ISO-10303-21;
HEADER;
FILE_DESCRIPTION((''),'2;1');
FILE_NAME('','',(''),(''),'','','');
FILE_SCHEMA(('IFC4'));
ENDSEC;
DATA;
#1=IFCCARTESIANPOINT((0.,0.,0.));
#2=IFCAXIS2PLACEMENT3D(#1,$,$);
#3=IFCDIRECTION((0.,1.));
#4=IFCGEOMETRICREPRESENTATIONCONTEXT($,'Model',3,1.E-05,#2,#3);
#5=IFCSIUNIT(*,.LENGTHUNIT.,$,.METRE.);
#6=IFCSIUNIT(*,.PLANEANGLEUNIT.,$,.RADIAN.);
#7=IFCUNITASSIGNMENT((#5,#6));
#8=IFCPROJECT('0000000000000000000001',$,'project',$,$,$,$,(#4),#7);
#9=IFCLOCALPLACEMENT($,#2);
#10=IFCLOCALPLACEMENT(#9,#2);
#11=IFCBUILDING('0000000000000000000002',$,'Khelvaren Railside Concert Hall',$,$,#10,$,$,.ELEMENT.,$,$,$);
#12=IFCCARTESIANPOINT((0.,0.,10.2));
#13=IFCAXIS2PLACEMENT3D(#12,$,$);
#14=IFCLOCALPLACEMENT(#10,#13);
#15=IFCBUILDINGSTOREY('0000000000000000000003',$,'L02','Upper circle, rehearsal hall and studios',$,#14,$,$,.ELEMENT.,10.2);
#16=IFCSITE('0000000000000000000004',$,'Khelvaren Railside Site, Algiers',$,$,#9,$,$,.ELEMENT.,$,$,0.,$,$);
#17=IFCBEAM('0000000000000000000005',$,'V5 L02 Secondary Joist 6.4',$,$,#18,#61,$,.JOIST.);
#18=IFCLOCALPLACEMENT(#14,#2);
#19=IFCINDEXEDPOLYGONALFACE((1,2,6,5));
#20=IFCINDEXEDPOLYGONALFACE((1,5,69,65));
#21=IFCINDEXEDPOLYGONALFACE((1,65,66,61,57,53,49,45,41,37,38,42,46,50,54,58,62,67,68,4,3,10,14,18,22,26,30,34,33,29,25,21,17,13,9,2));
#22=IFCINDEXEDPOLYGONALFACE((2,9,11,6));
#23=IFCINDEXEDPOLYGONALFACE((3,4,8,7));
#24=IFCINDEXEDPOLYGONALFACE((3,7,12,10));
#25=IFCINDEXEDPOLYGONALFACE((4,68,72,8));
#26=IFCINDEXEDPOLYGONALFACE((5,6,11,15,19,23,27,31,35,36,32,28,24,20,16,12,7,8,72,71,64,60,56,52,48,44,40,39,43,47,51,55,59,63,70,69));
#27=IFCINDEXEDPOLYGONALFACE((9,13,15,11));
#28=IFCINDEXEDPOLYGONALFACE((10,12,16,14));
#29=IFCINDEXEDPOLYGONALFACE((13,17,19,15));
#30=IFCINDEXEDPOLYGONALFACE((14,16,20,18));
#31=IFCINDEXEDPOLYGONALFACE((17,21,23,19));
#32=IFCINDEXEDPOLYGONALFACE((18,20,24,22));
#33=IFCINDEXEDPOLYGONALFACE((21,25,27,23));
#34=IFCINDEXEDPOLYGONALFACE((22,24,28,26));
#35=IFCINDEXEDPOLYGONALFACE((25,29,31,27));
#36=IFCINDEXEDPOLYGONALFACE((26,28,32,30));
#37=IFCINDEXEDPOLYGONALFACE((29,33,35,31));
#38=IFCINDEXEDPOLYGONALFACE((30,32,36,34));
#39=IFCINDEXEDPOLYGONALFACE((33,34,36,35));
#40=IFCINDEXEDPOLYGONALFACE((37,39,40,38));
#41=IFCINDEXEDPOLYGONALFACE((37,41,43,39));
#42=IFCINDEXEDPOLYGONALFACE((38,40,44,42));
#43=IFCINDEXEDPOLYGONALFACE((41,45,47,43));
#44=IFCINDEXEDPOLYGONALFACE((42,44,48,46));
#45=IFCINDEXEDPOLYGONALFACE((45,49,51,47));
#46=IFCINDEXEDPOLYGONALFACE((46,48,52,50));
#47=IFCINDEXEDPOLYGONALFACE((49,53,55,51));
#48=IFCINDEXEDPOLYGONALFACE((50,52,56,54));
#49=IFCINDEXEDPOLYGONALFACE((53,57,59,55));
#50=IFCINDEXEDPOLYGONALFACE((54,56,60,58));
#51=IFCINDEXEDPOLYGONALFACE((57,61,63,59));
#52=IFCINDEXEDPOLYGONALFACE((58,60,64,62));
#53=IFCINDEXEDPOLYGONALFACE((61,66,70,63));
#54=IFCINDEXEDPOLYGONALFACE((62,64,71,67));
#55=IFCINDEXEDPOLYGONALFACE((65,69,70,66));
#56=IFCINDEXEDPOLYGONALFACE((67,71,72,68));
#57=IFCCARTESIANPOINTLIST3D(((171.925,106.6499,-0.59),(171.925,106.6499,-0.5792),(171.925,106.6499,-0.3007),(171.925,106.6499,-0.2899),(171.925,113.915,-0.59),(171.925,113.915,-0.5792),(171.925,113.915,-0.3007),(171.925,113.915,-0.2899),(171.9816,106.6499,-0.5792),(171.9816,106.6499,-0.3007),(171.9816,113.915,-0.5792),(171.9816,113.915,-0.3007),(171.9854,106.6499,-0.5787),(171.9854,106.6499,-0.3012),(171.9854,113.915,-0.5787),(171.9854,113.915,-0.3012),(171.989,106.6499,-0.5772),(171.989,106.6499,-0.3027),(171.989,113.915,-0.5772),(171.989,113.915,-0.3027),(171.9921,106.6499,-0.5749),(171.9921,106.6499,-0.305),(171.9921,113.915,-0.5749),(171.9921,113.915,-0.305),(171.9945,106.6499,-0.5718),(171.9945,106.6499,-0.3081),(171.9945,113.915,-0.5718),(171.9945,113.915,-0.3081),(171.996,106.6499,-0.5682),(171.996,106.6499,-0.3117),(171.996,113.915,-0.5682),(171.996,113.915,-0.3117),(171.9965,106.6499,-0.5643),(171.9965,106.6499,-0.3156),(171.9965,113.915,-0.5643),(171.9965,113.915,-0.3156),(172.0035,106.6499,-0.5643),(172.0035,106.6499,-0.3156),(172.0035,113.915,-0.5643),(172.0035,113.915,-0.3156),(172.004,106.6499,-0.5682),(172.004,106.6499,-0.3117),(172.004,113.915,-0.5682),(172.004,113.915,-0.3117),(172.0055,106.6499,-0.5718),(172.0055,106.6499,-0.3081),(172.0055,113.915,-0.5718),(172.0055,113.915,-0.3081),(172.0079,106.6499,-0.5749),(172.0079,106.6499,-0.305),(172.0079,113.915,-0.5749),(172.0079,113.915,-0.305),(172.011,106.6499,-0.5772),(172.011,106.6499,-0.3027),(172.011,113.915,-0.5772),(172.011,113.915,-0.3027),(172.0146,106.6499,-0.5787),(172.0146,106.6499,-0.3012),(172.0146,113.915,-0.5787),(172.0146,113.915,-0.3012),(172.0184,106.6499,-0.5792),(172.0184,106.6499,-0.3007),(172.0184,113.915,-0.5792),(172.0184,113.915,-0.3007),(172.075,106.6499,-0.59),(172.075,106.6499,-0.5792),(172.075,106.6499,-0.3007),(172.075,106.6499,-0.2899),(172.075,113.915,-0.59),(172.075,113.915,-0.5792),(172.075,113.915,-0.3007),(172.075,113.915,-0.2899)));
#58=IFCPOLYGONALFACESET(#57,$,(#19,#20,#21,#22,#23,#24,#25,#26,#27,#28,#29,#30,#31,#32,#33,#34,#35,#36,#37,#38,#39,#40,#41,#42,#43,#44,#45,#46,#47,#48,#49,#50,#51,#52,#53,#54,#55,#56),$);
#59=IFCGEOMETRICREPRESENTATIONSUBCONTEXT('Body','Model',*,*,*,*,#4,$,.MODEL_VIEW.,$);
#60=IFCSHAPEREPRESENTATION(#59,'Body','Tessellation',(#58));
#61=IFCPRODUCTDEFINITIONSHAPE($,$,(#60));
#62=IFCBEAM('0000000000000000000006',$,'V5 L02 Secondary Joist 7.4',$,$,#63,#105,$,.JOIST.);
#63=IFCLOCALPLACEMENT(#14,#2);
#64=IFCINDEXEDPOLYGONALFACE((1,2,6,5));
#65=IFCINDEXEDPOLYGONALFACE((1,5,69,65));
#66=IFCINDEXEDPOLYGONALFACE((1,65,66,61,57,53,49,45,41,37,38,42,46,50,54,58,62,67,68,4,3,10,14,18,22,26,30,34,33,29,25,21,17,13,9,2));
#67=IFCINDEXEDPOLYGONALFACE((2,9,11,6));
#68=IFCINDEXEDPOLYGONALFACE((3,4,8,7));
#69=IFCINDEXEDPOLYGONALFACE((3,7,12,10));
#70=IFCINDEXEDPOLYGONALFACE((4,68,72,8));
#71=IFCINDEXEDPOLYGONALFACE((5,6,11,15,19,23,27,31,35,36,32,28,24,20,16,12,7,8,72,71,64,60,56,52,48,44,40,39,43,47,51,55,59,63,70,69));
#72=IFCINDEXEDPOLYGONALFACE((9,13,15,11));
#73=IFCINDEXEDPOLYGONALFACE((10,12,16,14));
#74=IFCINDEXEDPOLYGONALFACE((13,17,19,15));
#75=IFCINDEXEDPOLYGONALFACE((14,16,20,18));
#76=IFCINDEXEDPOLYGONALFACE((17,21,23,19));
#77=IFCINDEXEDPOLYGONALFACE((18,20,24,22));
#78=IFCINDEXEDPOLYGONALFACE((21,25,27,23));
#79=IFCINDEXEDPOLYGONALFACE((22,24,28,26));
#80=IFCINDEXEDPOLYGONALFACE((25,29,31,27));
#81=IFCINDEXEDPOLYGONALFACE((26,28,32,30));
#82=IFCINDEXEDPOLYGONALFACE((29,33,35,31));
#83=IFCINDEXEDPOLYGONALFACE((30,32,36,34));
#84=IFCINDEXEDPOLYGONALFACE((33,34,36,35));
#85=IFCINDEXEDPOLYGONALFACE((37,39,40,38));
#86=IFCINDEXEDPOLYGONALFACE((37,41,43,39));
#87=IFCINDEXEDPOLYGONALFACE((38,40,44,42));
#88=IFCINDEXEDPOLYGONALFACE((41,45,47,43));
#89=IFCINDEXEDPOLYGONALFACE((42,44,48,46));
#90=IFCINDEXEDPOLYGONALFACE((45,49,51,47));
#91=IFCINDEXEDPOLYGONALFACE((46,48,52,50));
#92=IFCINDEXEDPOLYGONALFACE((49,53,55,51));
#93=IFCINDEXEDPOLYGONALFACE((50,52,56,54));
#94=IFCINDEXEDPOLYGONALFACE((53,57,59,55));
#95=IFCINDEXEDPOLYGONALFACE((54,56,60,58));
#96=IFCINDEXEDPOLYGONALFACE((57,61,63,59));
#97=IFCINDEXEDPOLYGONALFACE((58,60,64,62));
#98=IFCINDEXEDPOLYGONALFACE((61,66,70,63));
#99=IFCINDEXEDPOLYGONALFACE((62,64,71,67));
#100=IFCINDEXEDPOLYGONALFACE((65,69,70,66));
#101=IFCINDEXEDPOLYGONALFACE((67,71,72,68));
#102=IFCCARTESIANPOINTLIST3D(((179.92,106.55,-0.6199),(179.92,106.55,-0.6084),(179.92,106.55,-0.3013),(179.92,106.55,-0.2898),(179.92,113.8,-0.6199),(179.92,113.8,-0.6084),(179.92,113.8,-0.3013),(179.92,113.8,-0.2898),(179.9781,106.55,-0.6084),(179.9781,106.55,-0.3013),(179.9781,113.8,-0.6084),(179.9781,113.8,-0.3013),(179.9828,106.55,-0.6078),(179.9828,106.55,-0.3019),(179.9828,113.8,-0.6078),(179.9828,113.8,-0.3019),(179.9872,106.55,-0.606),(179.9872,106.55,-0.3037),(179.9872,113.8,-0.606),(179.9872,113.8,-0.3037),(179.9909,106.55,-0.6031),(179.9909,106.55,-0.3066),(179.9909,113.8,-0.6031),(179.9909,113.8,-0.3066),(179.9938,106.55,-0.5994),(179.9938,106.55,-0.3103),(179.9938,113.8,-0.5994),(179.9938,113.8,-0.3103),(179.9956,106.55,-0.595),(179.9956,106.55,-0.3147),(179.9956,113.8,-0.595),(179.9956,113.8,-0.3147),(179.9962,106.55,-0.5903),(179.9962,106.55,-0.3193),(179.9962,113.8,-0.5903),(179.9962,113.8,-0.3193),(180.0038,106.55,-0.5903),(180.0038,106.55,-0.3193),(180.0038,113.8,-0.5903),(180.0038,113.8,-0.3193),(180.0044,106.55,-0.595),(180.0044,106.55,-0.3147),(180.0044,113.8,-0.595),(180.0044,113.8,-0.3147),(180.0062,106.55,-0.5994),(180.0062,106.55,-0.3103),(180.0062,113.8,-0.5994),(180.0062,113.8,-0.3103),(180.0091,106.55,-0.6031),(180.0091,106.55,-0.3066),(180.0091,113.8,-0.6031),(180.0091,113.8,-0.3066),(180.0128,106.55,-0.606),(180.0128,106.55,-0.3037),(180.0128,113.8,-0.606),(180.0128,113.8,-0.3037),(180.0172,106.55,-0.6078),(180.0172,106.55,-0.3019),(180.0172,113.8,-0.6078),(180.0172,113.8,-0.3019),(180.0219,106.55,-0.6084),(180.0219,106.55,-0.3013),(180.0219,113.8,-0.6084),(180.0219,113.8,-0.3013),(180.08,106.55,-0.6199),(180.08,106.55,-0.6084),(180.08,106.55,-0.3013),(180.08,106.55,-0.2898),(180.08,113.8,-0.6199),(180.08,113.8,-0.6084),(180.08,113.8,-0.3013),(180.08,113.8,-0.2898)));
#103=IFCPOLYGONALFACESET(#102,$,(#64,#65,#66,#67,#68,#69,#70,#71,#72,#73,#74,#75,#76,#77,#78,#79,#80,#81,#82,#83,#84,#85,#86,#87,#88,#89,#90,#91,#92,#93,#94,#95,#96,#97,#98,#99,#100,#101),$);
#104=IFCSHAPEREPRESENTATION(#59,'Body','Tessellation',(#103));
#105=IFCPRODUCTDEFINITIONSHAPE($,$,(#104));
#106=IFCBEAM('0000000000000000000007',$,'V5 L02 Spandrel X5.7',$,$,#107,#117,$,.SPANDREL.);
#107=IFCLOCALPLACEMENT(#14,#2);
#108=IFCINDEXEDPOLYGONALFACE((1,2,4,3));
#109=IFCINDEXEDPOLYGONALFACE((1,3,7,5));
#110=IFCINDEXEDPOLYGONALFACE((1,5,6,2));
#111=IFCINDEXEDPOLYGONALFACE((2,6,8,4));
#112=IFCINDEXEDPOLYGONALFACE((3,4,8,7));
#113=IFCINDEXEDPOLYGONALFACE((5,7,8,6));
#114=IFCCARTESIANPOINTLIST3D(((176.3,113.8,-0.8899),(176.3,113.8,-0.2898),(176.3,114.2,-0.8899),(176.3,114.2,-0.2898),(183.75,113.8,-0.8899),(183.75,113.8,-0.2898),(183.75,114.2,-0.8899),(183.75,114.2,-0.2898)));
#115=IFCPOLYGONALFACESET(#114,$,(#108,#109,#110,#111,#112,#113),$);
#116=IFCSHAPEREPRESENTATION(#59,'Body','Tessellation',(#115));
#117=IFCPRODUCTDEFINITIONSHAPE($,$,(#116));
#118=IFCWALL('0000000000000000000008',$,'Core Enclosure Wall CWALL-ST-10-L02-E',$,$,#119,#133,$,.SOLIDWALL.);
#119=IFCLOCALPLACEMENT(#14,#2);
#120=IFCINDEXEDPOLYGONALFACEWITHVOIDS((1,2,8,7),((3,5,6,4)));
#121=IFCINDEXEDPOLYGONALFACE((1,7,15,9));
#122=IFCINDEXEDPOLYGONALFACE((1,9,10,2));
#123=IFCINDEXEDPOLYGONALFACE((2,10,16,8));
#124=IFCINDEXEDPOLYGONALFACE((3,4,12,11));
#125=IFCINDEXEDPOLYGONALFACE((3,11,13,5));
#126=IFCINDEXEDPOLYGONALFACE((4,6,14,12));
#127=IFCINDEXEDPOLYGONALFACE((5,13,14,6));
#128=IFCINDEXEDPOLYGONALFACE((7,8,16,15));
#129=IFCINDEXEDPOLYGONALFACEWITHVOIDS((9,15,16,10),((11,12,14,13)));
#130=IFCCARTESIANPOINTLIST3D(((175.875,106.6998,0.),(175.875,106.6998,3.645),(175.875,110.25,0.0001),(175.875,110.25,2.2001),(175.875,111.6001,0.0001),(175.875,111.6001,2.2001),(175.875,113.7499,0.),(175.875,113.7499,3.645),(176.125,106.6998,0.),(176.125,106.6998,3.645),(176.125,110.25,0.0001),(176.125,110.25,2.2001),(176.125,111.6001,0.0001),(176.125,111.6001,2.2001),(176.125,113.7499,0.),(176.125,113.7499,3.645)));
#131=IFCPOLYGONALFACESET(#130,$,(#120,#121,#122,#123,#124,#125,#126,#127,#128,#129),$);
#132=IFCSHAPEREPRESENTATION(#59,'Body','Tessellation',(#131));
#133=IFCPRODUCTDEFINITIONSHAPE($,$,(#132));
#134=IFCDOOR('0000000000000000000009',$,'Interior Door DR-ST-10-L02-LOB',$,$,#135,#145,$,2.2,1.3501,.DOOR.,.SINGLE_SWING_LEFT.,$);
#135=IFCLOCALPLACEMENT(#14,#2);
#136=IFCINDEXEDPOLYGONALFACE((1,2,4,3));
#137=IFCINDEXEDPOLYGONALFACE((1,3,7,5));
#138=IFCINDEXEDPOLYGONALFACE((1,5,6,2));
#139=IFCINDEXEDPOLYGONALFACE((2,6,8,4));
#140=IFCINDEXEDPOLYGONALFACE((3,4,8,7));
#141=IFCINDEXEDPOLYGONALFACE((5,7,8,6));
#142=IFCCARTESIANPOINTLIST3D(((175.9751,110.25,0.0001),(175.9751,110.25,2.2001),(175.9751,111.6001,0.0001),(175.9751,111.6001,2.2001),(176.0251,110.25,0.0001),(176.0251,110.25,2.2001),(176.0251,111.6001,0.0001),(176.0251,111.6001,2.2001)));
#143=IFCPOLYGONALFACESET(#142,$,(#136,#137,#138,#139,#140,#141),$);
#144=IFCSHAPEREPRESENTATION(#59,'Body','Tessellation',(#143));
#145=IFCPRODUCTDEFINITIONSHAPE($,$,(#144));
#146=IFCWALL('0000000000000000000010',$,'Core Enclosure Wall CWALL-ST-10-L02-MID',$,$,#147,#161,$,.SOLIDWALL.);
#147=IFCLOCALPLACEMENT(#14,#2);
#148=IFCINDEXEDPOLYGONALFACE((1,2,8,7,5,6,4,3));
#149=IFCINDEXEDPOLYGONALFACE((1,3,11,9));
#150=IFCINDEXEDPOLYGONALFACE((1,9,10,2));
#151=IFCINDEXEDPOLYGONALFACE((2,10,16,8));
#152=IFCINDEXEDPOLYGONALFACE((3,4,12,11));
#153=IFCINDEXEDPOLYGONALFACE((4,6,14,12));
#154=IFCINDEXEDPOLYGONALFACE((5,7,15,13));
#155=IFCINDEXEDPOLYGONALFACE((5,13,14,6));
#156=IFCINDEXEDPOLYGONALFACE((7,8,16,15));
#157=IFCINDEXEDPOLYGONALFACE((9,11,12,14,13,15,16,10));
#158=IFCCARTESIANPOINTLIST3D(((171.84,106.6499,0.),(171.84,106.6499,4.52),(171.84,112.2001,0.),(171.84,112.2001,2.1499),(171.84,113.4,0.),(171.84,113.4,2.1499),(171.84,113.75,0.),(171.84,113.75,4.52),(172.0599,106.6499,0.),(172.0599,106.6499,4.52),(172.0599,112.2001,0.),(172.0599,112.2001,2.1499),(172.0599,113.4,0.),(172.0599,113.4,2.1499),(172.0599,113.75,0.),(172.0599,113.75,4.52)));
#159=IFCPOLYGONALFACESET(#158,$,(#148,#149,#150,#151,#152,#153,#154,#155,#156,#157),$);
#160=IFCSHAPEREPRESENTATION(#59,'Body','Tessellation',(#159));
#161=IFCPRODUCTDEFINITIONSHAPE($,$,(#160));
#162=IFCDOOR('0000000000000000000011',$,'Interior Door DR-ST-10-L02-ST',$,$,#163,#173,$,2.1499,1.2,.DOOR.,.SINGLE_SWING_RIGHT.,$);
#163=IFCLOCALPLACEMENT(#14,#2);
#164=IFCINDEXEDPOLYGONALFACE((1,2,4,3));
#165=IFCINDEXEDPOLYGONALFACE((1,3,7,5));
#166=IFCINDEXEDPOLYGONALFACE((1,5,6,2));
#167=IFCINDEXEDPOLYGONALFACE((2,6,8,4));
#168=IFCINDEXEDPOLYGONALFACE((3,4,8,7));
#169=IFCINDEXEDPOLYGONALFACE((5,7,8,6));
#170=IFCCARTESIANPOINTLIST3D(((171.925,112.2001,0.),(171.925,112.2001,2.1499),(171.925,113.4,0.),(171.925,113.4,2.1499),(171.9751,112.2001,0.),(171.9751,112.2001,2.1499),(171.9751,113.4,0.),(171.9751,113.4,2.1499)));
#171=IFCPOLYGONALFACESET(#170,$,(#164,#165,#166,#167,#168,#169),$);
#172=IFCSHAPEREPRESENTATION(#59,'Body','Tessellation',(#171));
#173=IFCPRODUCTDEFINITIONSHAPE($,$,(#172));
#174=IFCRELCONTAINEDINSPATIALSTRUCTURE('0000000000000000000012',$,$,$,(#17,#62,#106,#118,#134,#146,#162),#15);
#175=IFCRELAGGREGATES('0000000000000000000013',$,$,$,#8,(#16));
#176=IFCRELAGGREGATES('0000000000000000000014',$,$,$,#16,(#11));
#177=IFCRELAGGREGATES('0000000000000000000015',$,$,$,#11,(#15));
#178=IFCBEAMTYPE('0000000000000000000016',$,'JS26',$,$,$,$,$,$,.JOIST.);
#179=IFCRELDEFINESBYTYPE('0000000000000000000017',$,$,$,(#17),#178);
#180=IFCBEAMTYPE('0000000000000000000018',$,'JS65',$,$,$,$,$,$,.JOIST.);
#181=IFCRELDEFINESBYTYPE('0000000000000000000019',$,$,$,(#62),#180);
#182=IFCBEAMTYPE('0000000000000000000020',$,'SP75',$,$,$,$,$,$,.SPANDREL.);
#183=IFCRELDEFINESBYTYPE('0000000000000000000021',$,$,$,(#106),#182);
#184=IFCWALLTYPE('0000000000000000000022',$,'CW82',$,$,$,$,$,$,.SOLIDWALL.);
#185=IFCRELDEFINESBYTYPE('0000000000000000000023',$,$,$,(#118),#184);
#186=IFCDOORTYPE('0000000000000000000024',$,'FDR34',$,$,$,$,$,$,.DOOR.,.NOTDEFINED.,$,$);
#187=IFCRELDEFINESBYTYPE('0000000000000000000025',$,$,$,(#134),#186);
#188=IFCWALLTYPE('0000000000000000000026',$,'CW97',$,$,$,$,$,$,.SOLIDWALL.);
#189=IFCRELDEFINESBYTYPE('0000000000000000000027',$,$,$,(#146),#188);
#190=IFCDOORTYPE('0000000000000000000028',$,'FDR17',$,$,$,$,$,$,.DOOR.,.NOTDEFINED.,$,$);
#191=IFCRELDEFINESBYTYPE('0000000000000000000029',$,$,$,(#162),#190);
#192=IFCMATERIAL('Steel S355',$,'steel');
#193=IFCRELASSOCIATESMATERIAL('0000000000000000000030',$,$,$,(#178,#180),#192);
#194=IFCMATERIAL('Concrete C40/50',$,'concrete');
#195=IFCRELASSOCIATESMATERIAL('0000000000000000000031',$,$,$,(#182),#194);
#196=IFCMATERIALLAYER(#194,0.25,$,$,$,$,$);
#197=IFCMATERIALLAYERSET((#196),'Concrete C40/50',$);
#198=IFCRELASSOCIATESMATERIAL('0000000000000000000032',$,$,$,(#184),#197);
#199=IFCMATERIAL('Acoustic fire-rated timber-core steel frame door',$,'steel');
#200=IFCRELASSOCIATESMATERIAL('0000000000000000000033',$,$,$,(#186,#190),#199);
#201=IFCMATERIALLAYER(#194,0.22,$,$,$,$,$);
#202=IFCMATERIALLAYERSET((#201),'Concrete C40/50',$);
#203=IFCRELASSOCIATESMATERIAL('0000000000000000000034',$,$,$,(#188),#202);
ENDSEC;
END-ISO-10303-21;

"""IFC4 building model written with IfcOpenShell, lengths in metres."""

from ifc_helpers import new_model, si_unit, direction, frame, frame_2d, origin, origin_2d, place, context, subcontext, project, spatial, rectangle, i_section, extrude, material, layer, layer_set, material_profile, profile_set, type_object, element, fill, save


model = new_model("IFC4")

# Units and contexts
model_context = context("Model", 3, precision=1e-05, world=origin(), true_north=direction((0.0, 1.0)))
body_context = subcontext(model_context, "Body", "Model", "MODEL_VIEW")
ifc_project = project(units=[si_unit("LENGTHUNIT", "METRE"), si_unit("PLANEANGLEUNIT", "RADIAN")], contexts=[model_context])

# Site, building, storey
site_placement = place(None, origin())
site = spatial("IfcSite", under=ifc_project, at=site_placement, Name="Khelvaren Railside Site, Algiers", CompositionType="ELEMENT", RefElevation=0.0)
building_placement = place(site_placement, origin())
building = spatial("IfcBuilding", under=site, at=building_placement, Name="Khelvaren Railside Concert Hall", CompositionType="ELEMENT")
storey_placement = place(building_placement, frame((0.0, 0.0, 10.2)))
storey = spatial("IfcBuildingStorey", under=building, at=storey_placement, Name="L02", Description="Upper circle, rehearsal hall and studios", CompositionType="ELEMENT", Elevation=10.2)

# Beams
ifc_material_1 = material(Name="Steel S355", Category="steel")
ifc_material_profile_1 = material_profile(ifc_material_1, i_section(OverallWidth=0.1499, OverallDepth=0.3, WebThickness=0.0071, FlangeThickness=0.0107, FilletRadius=0.0149, at=origin_2d()), Name="IPE 300")
ifc_profile_set_1 = profile_set([ifc_material_profile_1], Name="Steel S355")
beam_type_1 = type_object("IfcBeamType", Name="JS26", PredefinedType="JOIST", material=ifc_profile_set_1)
beam_1_placement = place(storey_placement, frame((172.0, 106.6499, -0.4399), z_axis=(0.0, 1.0, 0.0), x_axis=(-1.0, 0.0, 0.0)))
element("IfcBeam", 1, at=beam_1_placement, inside=storey, type_object=beam_type_1, Name="V5 L02 Secondary Joist 6.4", PredefinedType="JOIST", context=body_context, shape_type="SweptSolid", body=[
    extrude(i_section(OverallWidth=0.1499, OverallDepth=0.3, WebThickness=0.0071, FlangeThickness=0.0107, FilletRadius=0.0149, at=origin_2d()), origin(), (0.0, 0.0, 1.0), 7.2651),
])
ifc_material_profile_2 = material_profile(ifc_material_1, i_section(OverallWidth=0.1599, OverallDepth=0.3301, WebThickness=0.0076, FlangeThickness=0.0115, FilletRadius=0.0181, at=origin_2d()), Name="IPE 330")
ifc_profile_set_2 = profile_set([ifc_material_profile_2], Name="Steel S355")
beam_type_2 = type_object("IfcBeamType", Name="JS65", PredefinedType="JOIST", material=ifc_profile_set_2)
beam_2_placement = place(storey_placement, frame((180.0, 106.55, -0.4548), z_axis=(0.0, 1.0, 0.0), x_axis=(-1.0, 0.0, 0.0)))
element("IfcBeam", 2, at=beam_2_placement, inside=storey, type_object=beam_type_2, Name="V5 L02 Secondary Joist 7.4", PredefinedType="JOIST", context=body_context, shape_type="SweptSolid", body=[
    extrude(i_section(OverallWidth=0.1599, OverallDepth=0.3301, WebThickness=0.0076, FlangeThickness=0.0115, FilletRadius=0.0181, at=origin_2d()), origin(), (0.0, 0.0, 1.0), 7.25),
])
ifc_material_2 = material(Name="Concrete C40/50", Category="concrete")
ifc_material_profile_3 = material_profile(ifc_material_2, rectangle(XDim=0.3999, YDim=0.6001, at=origin_2d()), Name="RCB 400x600")
ifc_profile_set_3 = profile_set([ifc_material_profile_3], Name="Concrete C40/50")
beam_type_3 = type_object("IfcBeamType", Name="SP75", PredefinedType="SPANDREL", material=ifc_profile_set_3)
beam_3_placement = place(storey_placement, frame((176.3, 114.0, -0.5898), z_axis=(1.0, 0.0, 0.0), x_axis=(0.0, 1.0, 0.0)))
element("IfcBeam", 3, at=beam_3_placement, inside=storey, type_object=beam_type_3, Name="V5 L02 Spandrel X5.7", PredefinedType="SPANDREL", context=body_context, shape_type="SweptSolid", body=[
    extrude(rectangle(XDim=0.3999, YDim=0.6001, at=origin_2d()), origin(), (0.0, 0.0, 1.0), 7.45),
])

# Walls, openings, doors
ifc_layer_1 = layer(ifc_material_2, 0.25)
ifc_layer_set_1 = layer_set([ifc_layer_1], Name="Concrete C40/50")
wall_type_1 = type_object("IfcWallType", Name="CW82", PredefinedType="SOLIDWALL", material=ifc_layer_set_1)
wall_1_placement = place(storey_placement, frame((176.0, 106.7, 0.0), z_axis=(0.0, 0.0, 1.0), x_axis=(0.0, 1.0, 0.0)))
wall_1 = element("IfcWall", 4, at=wall_1_placement, inside=storey, type_object=wall_type_1, Name="Core Enclosure Wall CWALL-ST-10-L02-E", PredefinedType="SOLIDWALL", context=body_context, shape_type="SweptSolid", body=[
    extrude(rectangle(XDim=7.05, YDim=0.25, at=frame_2d((3.5249, 0.0))), origin(), (0.0, 0.0, 1.0), 3.645),
])
opening_1_placement = place(wall_1_placement, frame((3.55, 0.0, 0.0)))
opening_1 = element("IfcOpeningElement", 5, at=opening_1_placement, cuts=wall_1, PredefinedType="OPENING", context=body_context, shape_type="SweptSolid", body=[
    extrude(rectangle(XDim=1.3501, YDim=2.2, at=frame_2d((0.675, 1.1001))), frame((0.0, 0.135, 0.0), z_axis=(0.0, -1.0, 0.0), x_axis=(1.0, 0.0, 0.0)), (0.0, 0.0, 1.0), 0.27),
])
ifc_material_3 = material(Name="Acoustic fire-rated timber-core steel frame door", Category="steel")
door_type_1 = type_object("IfcDoorType", Name="FDR34", OperationType="NOTDEFINED", PredefinedType="DOOR", material=ifc_material_3)
door_1_placement = place(opening_1_placement, origin())
door_1 = element("IfcDoor", 6, at=door_1_placement, inside=storey, type_object=door_type_1, Name="Interior Door DR-ST-10-L02-LOB", OperationType="SINGLE_SWING_LEFT", OverallHeight=2.2, OverallWidth=1.3501, PredefinedType="DOOR", context=body_context, shape_type="SweptSolid", body=[
    extrude(rectangle(XDim=1.3501, YDim=2.2, at=frame_2d((0.675, 1.1001))), frame((0.0, 0.0249, 0.0), z_axis=(0.0, -1.0, 0.0), x_axis=(1.0, 0.0, 0.0)), (0.0, 0.0, 1.0), 0.05),
])
fill(opening_1, door_1)
ifc_layer_2 = layer(ifc_material_2, 0.22)
ifc_layer_set_2 = layer_set([ifc_layer_2], Name="Concrete C40/50")
wall_type_2 = type_object("IfcWallType", Name="CW97", PredefinedType="SOLIDWALL", material=ifc_layer_set_2)
wall_2_placement = place(storey_placement, frame((171.95, 106.6499, 0.0), z_axis=(0.0, 0.0, 1.0), x_axis=(0.0, 1.0, 0.0)))
wall_2 = element("IfcWall", 7, at=wall_2_placement, inside=storey, type_object=wall_type_2, Name="Core Enclosure Wall CWALL-ST-10-L02-MID", PredefinedType="SOLIDWALL", context=body_context, shape_type="SweptSolid", body=[
    extrude(rectangle(XDim=7.1001, YDim=0.22, at=frame_2d((3.55, 0.0))), origin(), (0.0, 0.0, 1.0), 4.52),
])
opening_2_placement = place(wall_2_placement, frame((5.55, 0.0, 0.0)))
opening_2 = element("IfcOpeningElement", 8, at=opening_2_placement, cuts=wall_2, PredefinedType="OPENING", context=body_context, shape_type="SweptSolid", body=[
    extrude(rectangle(XDim=1.2, YDim=2.1499, at=frame_2d((0.6001, 1.075))), frame((0.0, 0.1199, 0.0), z_axis=(0.0, -1.0, 0.0), x_axis=(1.0, 0.0, 0.0)), (0.0, 0.0, 1.0), 0.24),
])
door_type_2 = type_object("IfcDoorType", Name="FDR17", OperationType="NOTDEFINED", PredefinedType="DOOR", material=ifc_material_3)
door_2_placement = place(opening_2_placement, origin())
door_2 = element("IfcDoor", 9, at=door_2_placement, inside=storey, type_object=door_type_2, Name="Interior Door DR-ST-10-L02-ST", OperationType="SINGLE_SWING_RIGHT", OverallHeight=2.1499, OverallWidth=1.2, PredefinedType="DOOR", context=body_context, shape_type="SweptSolid", body=[
    extrude(rectangle(XDim=1.2, YDim=2.1499, at=frame_2d((0.6001, 1.075))), frame((0.0, 0.0249, 0.0), z_axis=(0.0, -1.0, 0.0), x_axis=(1.0, 0.0, 0.0)), (0.0, 0.0, 1.0), 0.05),
])
fill(opening_2, door_2)

save(model, "model.ifc")
